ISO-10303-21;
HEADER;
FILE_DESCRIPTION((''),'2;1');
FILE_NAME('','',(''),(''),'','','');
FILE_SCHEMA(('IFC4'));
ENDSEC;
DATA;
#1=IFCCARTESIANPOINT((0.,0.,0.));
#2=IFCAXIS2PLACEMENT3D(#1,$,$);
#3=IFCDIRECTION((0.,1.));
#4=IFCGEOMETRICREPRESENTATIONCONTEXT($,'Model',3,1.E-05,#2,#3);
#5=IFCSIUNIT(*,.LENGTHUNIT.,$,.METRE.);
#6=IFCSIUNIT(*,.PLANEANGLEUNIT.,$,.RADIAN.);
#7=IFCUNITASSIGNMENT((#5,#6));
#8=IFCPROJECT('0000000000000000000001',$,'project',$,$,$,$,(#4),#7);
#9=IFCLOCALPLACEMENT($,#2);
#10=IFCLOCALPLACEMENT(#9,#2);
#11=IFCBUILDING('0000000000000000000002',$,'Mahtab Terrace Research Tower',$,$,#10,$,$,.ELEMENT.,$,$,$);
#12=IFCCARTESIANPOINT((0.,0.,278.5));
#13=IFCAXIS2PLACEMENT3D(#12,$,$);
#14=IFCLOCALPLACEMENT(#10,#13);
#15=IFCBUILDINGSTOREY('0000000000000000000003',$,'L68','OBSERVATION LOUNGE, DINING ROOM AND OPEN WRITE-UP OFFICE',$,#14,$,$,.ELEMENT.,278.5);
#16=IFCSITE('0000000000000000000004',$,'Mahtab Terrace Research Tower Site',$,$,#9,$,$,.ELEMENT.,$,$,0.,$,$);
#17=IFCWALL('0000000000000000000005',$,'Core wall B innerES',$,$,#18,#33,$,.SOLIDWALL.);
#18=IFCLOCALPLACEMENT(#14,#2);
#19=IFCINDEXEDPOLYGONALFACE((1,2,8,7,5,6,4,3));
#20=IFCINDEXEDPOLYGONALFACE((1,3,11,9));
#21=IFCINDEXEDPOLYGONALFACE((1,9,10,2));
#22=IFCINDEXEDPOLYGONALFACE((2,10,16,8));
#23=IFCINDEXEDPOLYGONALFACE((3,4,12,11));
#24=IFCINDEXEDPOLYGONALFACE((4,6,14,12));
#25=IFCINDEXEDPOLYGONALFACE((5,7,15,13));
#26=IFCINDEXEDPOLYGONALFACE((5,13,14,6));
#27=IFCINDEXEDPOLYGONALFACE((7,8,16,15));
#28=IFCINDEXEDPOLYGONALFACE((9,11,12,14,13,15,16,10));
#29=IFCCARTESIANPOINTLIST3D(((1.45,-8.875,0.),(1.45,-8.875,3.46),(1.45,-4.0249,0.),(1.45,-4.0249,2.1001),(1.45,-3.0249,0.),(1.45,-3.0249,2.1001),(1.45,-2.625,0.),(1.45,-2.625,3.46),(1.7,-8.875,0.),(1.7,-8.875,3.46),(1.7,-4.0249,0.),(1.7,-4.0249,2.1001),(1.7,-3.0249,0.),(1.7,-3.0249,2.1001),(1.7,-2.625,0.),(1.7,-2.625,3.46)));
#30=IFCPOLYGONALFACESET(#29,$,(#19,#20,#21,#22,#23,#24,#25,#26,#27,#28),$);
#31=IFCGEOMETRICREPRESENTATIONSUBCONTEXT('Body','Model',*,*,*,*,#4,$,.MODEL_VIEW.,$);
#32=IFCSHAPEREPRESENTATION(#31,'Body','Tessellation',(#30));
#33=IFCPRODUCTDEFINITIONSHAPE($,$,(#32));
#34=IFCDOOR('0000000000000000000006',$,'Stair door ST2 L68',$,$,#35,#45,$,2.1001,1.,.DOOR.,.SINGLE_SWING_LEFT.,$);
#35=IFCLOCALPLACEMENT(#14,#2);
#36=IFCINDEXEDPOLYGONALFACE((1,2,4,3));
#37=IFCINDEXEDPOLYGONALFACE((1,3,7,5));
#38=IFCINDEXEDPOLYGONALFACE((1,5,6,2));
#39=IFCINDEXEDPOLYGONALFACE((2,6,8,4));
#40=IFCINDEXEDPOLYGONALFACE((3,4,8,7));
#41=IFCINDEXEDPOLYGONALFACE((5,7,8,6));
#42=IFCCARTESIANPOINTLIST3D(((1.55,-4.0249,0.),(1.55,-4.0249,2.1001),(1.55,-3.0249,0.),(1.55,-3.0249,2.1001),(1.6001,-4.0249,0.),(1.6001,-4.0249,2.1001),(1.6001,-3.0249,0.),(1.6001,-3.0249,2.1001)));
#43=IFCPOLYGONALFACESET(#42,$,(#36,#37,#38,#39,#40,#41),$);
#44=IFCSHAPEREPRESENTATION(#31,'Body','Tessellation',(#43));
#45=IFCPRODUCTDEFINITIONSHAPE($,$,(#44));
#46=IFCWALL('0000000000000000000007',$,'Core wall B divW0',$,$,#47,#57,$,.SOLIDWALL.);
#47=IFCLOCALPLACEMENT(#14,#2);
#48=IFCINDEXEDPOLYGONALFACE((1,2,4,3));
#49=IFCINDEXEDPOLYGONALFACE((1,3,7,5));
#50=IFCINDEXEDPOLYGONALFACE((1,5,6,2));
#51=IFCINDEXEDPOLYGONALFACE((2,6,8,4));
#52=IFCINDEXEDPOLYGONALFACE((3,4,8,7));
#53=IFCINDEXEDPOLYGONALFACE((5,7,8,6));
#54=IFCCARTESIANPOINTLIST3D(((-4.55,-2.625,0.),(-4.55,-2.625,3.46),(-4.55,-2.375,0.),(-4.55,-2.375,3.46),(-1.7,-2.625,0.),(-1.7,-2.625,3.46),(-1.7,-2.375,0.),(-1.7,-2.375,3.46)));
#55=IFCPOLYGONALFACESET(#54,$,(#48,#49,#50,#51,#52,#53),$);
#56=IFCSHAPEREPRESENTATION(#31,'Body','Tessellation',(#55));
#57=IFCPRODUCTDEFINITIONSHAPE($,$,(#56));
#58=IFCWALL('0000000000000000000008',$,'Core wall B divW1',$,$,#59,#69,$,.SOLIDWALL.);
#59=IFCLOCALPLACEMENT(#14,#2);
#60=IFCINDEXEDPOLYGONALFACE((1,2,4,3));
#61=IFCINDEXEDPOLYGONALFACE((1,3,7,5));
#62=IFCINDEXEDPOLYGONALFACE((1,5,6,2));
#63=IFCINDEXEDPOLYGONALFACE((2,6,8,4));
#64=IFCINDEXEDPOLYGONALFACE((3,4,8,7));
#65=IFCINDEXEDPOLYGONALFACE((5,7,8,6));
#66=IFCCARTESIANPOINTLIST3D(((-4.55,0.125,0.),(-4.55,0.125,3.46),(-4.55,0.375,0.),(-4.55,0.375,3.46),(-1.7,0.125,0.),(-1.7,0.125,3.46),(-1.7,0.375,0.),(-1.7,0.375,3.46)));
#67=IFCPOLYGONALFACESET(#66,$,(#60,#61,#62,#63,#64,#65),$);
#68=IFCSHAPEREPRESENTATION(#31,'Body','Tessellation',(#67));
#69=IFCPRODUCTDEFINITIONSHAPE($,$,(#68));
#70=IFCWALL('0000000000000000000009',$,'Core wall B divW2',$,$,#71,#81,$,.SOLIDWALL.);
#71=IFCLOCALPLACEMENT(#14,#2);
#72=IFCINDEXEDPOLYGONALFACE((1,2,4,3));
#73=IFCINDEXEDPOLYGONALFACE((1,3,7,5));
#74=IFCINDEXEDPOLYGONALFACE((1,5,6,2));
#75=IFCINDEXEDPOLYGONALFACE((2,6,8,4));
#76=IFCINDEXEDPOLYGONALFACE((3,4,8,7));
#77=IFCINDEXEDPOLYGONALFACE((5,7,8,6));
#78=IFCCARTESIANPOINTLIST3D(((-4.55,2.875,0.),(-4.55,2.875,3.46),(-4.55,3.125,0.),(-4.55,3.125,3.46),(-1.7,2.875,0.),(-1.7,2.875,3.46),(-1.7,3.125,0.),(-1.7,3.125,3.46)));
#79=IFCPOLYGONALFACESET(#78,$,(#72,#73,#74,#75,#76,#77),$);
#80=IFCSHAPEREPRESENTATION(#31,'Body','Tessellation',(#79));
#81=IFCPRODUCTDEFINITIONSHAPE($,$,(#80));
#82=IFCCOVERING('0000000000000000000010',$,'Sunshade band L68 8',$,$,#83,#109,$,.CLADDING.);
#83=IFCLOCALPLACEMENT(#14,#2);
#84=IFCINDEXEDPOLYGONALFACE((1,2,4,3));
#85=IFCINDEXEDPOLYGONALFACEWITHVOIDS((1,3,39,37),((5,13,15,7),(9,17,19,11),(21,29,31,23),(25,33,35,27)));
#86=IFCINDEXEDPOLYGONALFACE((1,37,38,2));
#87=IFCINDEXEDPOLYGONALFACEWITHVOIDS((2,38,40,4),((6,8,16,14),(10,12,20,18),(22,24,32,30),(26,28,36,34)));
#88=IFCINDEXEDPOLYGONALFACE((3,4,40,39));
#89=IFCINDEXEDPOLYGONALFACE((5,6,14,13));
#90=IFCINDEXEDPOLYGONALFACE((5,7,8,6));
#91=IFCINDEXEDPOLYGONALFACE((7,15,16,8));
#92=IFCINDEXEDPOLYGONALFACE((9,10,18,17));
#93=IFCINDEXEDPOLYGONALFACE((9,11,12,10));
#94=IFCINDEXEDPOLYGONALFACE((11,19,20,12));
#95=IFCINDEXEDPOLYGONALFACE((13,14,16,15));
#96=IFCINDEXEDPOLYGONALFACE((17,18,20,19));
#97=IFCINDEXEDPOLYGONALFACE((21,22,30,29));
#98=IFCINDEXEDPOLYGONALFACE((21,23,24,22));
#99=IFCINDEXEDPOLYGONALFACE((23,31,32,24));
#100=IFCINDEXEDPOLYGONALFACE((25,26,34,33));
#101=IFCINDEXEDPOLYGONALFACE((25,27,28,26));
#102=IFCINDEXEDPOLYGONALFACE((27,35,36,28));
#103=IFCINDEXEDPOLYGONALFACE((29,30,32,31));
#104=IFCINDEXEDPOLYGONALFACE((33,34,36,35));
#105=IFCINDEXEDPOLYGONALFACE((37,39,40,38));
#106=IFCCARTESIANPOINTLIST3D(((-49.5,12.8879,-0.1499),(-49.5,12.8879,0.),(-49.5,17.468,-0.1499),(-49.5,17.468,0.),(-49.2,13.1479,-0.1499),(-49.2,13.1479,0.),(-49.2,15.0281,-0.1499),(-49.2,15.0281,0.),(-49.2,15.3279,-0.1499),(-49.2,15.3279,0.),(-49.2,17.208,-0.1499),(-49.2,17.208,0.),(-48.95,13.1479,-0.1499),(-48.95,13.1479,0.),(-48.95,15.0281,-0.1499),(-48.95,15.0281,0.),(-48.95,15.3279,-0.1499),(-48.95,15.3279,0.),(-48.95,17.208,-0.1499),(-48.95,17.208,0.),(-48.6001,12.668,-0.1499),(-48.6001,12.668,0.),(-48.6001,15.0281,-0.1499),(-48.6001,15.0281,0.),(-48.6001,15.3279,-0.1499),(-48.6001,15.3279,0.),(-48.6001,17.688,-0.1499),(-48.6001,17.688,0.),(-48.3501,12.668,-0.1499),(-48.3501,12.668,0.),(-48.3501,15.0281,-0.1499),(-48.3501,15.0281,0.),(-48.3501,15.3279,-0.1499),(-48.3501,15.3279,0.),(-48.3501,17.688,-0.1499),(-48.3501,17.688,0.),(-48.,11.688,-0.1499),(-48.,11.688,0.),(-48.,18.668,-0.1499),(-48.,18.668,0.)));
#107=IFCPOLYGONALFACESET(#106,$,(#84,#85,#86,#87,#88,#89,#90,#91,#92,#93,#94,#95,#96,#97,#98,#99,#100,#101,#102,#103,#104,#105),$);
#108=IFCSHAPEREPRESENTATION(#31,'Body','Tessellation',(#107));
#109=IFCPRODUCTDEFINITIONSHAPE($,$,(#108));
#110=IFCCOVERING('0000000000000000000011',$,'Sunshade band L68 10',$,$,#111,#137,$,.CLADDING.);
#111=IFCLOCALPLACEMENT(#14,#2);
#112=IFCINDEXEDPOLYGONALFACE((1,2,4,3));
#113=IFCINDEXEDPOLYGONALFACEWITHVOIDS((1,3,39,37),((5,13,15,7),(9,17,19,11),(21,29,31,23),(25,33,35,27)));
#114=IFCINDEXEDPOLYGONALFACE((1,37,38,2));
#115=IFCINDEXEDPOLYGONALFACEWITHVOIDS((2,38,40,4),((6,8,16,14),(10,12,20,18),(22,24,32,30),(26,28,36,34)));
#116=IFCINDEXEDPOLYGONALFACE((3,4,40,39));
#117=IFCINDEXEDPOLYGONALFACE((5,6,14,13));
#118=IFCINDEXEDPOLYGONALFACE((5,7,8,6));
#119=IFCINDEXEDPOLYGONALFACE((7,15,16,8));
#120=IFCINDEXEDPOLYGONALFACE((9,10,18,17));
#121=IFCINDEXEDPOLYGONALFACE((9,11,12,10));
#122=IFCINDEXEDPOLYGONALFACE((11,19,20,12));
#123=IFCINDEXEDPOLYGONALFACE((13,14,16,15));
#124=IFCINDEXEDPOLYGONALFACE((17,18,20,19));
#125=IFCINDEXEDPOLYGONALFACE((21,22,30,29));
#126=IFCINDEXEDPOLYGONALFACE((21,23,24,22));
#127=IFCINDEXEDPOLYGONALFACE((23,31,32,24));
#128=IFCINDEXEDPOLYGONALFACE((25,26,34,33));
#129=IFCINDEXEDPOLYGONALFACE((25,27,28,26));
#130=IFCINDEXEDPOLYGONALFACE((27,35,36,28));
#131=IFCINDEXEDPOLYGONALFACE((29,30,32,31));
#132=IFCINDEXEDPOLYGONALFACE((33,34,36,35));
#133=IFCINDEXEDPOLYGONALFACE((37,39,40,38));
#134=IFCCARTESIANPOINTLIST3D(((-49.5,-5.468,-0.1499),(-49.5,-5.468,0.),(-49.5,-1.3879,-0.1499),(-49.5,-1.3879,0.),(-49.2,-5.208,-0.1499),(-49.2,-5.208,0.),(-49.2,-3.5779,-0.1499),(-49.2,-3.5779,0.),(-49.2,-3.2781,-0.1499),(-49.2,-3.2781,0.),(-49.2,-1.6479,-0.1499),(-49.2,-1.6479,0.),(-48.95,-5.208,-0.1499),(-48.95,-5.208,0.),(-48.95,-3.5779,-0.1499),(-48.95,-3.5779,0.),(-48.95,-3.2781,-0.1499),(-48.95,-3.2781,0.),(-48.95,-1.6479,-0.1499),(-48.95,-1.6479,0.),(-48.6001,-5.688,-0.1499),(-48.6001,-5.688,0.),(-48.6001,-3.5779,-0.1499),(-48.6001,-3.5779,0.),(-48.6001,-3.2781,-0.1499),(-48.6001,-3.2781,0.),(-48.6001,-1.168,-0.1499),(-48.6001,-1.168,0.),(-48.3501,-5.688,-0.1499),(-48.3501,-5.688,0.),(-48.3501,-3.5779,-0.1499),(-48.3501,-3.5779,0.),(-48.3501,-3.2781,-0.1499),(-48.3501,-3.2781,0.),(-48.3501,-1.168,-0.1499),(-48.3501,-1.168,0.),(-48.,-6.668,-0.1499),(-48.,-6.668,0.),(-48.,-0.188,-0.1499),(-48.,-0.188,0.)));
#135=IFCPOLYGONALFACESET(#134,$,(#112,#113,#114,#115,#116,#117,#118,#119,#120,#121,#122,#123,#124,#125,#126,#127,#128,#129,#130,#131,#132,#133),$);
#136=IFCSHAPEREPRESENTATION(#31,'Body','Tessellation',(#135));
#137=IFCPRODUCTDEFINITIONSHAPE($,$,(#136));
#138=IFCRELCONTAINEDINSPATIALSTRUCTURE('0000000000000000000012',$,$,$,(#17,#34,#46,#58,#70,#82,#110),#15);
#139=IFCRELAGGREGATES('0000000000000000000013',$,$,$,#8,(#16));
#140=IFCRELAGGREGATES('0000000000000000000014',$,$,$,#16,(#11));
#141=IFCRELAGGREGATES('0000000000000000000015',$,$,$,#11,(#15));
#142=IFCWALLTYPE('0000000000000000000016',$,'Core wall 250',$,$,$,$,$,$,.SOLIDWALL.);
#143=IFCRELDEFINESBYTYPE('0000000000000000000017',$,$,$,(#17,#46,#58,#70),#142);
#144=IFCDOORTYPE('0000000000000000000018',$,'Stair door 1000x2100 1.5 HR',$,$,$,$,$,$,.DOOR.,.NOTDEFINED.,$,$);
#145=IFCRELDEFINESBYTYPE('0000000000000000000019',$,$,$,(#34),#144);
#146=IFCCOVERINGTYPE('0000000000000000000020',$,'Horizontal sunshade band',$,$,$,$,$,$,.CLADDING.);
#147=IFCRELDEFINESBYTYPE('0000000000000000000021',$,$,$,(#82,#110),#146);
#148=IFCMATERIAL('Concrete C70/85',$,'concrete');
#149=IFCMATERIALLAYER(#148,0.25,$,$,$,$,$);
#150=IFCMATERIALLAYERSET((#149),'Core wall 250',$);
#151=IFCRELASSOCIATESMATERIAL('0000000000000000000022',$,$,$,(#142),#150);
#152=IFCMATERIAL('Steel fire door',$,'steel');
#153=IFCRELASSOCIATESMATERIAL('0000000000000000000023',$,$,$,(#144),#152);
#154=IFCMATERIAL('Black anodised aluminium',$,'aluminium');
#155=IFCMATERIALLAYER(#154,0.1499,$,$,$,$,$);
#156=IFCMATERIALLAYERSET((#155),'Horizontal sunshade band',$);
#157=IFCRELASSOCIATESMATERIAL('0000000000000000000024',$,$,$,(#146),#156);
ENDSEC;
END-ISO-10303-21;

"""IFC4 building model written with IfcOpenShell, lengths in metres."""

from ifc_helpers import new_model, si_unit, direction, frame, frame_2d, origin, place, context, subcontext, project, spatial, polyline, rectangle, outline, extrude, material, layer, layer_set, type_object, element, fill, save


model = new_model("IFC4")

# Units and contexts
model_context = context("Model", 3, precision=1e-05, world=origin(), true_north=direction((0.0, 1.0)))
body_context = subcontext(model_context, "Body", "Model", "MODEL_VIEW")
ifc_project = project(units=[si_unit("LENGTHUNIT", "METRE"), si_unit("PLANEANGLEUNIT", "RADIAN")], contexts=[model_context])

# Site, building, storey
site_placement = place(None, origin())
site = spatial("IfcSite", under=ifc_project, at=site_placement, Name="Mahtab Terrace Research Tower Site", CompositionType="ELEMENT", RefElevation=0.0)
building_placement = place(site_placement, origin())
building = spatial("IfcBuilding", under=site, at=building_placement, Name="Mahtab Terrace Research Tower", CompositionType="ELEMENT")
storey_placement = place(building_placement, frame((0.0, 0.0, 278.5)))
storey = spatial("IfcBuildingStorey", under=building, at=storey_placement, Name="L68", Description="OBSERVATION LOUNGE, DINING ROOM AND OPEN WRITE-UP OFFICE", CompositionType="ELEMENT", Elevation=278.5)

# Shared definitions
ifc_material_1 = material(Name="Concrete C70/85", Category="concrete")

# Shared definitions
ifc_layer_1 = layer(ifc_material_1, 0.25)
ifc_layer_set_1 = layer_set([ifc_layer_1], Name="Core wall 250")
wall_type = type_object("IfcWallType", Name="Core wall 250", PredefinedType="SOLIDWALL", material=ifc_layer_set_1)
ifc_material_2 = material(Name="Steel fire door", Category="steel")

# Wall, opening, door
wall_1_placement = place(storey_placement, frame((1.575, -8.875, 0.0), z_axis=(0.0, 0.0, 1.0), x_axis=(0.0, 1.0, 0.0)))
wall_1 = element("IfcWall", 1, at=wall_1_placement, inside=storey, type_object=wall_type, Name="Core wall B innerES", PredefinedType="SOLIDWALL", context=body_context, shape_type="SweptSolid", body=[
    extrude(rectangle(XDim=6.25, YDim=0.25, at=frame_2d((3.125, 0.0))), origin(), (0.0, 0.0, 1.0), 3.46),
])
opening_1_placement = place(wall_1_placement, frame((4.8501, 0.0, 0.0)))
opening_1 = element("IfcOpeningElement", 2, at=opening_1_placement, cuts=wall_1, PredefinedType="OPENING", context=body_context, shape_type="SweptSolid", body=[
    extrude(rectangle(XDim=1.0, YDim=2.1001, at=frame_2d((0.5, 1.05))), frame((0.0, 0.135, 0.0), z_axis=(0.0, -1.0, 0.0), x_axis=(1.0, 0.0, 0.0)), (0.0, 0.0, 1.0), 0.27),
])
door_type_1 = type_object("IfcDoorType", Name="Stair door 1000x2100 1.5 HR", OperationType="NOTDEFINED", PredefinedType="DOOR", material=ifc_material_2)
door_1_placement = place(opening_1_placement, origin())
door_1 = element("IfcDoor", 3, at=door_1_placement, inside=storey, type_object=door_type_1, Name="Stair door ST2 L68", OperationType="SINGLE_SWING_LEFT", OverallHeight=2.1001, OverallWidth=1.0, PredefinedType="DOOR", context=body_context, shape_type="SweptSolid", body=[
    extrude(rectangle(XDim=1.0, YDim=2.1001, at=frame_2d((0.5, 1.05))), frame((0.0, 0.0249, 0.0), z_axis=(0.0, -1.0, 0.0), x_axis=(1.0, 0.0, 0.0)), (0.0, 0.0, 1.0), 0.05),
])
fill(opening_1, door_1)

# Walls
for number, where, z_axis, x_axis, name in (
    (4, (-4.55, -2.5, 0.0), (0.0, 0.0, 1.0), (1.0, 0.0, 0.0), "Core wall B divW0"),
    (5, (-4.55, 0.25, 0.0), (0.0, 0.0, 1.0), (1.0, 0.0, 0.0), "Core wall B divW1"),
    (6, (-4.55, 3.0, 0.0), (0.0, 0.0, 1.0), (1.0, 0.0, 0.0), "Core wall B divW2"),
):
    element("IfcWall", number, at=place(storey_placement, frame(where, z_axis=z_axis, x_axis=x_axis)), inside=storey, type_object=wall_type, Name=name, PredefinedType="SOLIDWALL", context=body_context, shape_type="SweptSolid", body=[
        extrude(rectangle(XDim=2.8501, YDim=0.25, at=frame_2d((1.425, 0.0))), origin(), (0.0, 0.0, 1.0), 3.46),
    ])

# Coverings
ifc_material_3 = material(Name="Black anodised aluminium", Category="aluminium")
ifc_layer_2 = layer(ifc_material_3, 0.1499)
ifc_layer_set_2 = layer_set([ifc_layer_2], Name="Horizontal sunshade band")
covering_type = type_object("IfcCoveringType", Name="Horizontal sunshade band", PredefinedType="CLADDING", material=ifc_layer_set_2)
covering_1_placement = place(storey_placement, frame((0.0, 0.0, -0.1499)))
element("IfcCovering", 7, at=covering_1_placement, inside=storey, type_object=covering_type, Name="Sunshade band L68 8", PredefinedType="CLADDING", context=body_context, shape_type="SweptSolid", body=[
    extrude(outline(polyline([(-48.0, 18.668), (-48.0, 11.688), (-49.5, 12.8879), (-49.5, 17.468), (-48.0, 18.668)]), holes=[polyline([(-48.3501, 17.688), (-48.3501, 15.3279), (-48.6001, 15.3279), (-48.6001, 17.688), (-48.3501, 17.688)]), polyline([(-48.3501, 15.0281), (-48.3501, 12.668), (-48.6001, 12.668), (-48.6001, 15.0281), (-48.3501, 15.0281)]), polyline([(-48.95, 17.208), (-48.95, 15.3279), (-49.2, 15.3279), (-49.2, 17.208), (-48.95, 17.208)]), polyline([(-48.95, 15.0281), (-48.95, 13.1479), (-49.2, 13.1479), (-49.2, 15.0281), (-48.95, 15.0281)])]), origin(), (0.0, 0.0, 1.0), 0.1499),
])
covering_2_placement = place(storey_placement, frame((0.0, 0.0, -0.1499)))
element("IfcCovering", 8, at=covering_2_placement, inside=storey, type_object=covering_type, Name="Sunshade band L68 10", PredefinedType="CLADDING", context=body_context, shape_type="SweptSolid", body=[
    extrude(outline(polyline([(-48.0, -0.188), (-48.0, -6.668), (-49.5, -5.468), (-49.5, -1.3879), (-48.0, -0.188)]), holes=[polyline([(-48.3501, -1.168), (-48.3501, -3.2781), (-48.6001, -3.2781), (-48.6001, -1.168), (-48.3501, -1.168)]), polyline([(-48.3501, -3.5779), (-48.3501, -5.688), (-48.6001, -5.688), (-48.6001, -3.5779), (-48.3501, -3.5779)]), polyline([(-48.95, -1.6479), (-48.95, -3.2781), (-49.2, -3.2781), (-49.2, -1.6479), (-48.95, -1.6479)]), polyline([(-48.95, -3.5779), (-48.95, -5.208), (-49.2, -5.208), (-49.2, -3.5779), (-48.95, -3.5779)])]), origin(), (0.0, 0.0, 1.0), 0.1499),
])

save(model, "model.ifc")
